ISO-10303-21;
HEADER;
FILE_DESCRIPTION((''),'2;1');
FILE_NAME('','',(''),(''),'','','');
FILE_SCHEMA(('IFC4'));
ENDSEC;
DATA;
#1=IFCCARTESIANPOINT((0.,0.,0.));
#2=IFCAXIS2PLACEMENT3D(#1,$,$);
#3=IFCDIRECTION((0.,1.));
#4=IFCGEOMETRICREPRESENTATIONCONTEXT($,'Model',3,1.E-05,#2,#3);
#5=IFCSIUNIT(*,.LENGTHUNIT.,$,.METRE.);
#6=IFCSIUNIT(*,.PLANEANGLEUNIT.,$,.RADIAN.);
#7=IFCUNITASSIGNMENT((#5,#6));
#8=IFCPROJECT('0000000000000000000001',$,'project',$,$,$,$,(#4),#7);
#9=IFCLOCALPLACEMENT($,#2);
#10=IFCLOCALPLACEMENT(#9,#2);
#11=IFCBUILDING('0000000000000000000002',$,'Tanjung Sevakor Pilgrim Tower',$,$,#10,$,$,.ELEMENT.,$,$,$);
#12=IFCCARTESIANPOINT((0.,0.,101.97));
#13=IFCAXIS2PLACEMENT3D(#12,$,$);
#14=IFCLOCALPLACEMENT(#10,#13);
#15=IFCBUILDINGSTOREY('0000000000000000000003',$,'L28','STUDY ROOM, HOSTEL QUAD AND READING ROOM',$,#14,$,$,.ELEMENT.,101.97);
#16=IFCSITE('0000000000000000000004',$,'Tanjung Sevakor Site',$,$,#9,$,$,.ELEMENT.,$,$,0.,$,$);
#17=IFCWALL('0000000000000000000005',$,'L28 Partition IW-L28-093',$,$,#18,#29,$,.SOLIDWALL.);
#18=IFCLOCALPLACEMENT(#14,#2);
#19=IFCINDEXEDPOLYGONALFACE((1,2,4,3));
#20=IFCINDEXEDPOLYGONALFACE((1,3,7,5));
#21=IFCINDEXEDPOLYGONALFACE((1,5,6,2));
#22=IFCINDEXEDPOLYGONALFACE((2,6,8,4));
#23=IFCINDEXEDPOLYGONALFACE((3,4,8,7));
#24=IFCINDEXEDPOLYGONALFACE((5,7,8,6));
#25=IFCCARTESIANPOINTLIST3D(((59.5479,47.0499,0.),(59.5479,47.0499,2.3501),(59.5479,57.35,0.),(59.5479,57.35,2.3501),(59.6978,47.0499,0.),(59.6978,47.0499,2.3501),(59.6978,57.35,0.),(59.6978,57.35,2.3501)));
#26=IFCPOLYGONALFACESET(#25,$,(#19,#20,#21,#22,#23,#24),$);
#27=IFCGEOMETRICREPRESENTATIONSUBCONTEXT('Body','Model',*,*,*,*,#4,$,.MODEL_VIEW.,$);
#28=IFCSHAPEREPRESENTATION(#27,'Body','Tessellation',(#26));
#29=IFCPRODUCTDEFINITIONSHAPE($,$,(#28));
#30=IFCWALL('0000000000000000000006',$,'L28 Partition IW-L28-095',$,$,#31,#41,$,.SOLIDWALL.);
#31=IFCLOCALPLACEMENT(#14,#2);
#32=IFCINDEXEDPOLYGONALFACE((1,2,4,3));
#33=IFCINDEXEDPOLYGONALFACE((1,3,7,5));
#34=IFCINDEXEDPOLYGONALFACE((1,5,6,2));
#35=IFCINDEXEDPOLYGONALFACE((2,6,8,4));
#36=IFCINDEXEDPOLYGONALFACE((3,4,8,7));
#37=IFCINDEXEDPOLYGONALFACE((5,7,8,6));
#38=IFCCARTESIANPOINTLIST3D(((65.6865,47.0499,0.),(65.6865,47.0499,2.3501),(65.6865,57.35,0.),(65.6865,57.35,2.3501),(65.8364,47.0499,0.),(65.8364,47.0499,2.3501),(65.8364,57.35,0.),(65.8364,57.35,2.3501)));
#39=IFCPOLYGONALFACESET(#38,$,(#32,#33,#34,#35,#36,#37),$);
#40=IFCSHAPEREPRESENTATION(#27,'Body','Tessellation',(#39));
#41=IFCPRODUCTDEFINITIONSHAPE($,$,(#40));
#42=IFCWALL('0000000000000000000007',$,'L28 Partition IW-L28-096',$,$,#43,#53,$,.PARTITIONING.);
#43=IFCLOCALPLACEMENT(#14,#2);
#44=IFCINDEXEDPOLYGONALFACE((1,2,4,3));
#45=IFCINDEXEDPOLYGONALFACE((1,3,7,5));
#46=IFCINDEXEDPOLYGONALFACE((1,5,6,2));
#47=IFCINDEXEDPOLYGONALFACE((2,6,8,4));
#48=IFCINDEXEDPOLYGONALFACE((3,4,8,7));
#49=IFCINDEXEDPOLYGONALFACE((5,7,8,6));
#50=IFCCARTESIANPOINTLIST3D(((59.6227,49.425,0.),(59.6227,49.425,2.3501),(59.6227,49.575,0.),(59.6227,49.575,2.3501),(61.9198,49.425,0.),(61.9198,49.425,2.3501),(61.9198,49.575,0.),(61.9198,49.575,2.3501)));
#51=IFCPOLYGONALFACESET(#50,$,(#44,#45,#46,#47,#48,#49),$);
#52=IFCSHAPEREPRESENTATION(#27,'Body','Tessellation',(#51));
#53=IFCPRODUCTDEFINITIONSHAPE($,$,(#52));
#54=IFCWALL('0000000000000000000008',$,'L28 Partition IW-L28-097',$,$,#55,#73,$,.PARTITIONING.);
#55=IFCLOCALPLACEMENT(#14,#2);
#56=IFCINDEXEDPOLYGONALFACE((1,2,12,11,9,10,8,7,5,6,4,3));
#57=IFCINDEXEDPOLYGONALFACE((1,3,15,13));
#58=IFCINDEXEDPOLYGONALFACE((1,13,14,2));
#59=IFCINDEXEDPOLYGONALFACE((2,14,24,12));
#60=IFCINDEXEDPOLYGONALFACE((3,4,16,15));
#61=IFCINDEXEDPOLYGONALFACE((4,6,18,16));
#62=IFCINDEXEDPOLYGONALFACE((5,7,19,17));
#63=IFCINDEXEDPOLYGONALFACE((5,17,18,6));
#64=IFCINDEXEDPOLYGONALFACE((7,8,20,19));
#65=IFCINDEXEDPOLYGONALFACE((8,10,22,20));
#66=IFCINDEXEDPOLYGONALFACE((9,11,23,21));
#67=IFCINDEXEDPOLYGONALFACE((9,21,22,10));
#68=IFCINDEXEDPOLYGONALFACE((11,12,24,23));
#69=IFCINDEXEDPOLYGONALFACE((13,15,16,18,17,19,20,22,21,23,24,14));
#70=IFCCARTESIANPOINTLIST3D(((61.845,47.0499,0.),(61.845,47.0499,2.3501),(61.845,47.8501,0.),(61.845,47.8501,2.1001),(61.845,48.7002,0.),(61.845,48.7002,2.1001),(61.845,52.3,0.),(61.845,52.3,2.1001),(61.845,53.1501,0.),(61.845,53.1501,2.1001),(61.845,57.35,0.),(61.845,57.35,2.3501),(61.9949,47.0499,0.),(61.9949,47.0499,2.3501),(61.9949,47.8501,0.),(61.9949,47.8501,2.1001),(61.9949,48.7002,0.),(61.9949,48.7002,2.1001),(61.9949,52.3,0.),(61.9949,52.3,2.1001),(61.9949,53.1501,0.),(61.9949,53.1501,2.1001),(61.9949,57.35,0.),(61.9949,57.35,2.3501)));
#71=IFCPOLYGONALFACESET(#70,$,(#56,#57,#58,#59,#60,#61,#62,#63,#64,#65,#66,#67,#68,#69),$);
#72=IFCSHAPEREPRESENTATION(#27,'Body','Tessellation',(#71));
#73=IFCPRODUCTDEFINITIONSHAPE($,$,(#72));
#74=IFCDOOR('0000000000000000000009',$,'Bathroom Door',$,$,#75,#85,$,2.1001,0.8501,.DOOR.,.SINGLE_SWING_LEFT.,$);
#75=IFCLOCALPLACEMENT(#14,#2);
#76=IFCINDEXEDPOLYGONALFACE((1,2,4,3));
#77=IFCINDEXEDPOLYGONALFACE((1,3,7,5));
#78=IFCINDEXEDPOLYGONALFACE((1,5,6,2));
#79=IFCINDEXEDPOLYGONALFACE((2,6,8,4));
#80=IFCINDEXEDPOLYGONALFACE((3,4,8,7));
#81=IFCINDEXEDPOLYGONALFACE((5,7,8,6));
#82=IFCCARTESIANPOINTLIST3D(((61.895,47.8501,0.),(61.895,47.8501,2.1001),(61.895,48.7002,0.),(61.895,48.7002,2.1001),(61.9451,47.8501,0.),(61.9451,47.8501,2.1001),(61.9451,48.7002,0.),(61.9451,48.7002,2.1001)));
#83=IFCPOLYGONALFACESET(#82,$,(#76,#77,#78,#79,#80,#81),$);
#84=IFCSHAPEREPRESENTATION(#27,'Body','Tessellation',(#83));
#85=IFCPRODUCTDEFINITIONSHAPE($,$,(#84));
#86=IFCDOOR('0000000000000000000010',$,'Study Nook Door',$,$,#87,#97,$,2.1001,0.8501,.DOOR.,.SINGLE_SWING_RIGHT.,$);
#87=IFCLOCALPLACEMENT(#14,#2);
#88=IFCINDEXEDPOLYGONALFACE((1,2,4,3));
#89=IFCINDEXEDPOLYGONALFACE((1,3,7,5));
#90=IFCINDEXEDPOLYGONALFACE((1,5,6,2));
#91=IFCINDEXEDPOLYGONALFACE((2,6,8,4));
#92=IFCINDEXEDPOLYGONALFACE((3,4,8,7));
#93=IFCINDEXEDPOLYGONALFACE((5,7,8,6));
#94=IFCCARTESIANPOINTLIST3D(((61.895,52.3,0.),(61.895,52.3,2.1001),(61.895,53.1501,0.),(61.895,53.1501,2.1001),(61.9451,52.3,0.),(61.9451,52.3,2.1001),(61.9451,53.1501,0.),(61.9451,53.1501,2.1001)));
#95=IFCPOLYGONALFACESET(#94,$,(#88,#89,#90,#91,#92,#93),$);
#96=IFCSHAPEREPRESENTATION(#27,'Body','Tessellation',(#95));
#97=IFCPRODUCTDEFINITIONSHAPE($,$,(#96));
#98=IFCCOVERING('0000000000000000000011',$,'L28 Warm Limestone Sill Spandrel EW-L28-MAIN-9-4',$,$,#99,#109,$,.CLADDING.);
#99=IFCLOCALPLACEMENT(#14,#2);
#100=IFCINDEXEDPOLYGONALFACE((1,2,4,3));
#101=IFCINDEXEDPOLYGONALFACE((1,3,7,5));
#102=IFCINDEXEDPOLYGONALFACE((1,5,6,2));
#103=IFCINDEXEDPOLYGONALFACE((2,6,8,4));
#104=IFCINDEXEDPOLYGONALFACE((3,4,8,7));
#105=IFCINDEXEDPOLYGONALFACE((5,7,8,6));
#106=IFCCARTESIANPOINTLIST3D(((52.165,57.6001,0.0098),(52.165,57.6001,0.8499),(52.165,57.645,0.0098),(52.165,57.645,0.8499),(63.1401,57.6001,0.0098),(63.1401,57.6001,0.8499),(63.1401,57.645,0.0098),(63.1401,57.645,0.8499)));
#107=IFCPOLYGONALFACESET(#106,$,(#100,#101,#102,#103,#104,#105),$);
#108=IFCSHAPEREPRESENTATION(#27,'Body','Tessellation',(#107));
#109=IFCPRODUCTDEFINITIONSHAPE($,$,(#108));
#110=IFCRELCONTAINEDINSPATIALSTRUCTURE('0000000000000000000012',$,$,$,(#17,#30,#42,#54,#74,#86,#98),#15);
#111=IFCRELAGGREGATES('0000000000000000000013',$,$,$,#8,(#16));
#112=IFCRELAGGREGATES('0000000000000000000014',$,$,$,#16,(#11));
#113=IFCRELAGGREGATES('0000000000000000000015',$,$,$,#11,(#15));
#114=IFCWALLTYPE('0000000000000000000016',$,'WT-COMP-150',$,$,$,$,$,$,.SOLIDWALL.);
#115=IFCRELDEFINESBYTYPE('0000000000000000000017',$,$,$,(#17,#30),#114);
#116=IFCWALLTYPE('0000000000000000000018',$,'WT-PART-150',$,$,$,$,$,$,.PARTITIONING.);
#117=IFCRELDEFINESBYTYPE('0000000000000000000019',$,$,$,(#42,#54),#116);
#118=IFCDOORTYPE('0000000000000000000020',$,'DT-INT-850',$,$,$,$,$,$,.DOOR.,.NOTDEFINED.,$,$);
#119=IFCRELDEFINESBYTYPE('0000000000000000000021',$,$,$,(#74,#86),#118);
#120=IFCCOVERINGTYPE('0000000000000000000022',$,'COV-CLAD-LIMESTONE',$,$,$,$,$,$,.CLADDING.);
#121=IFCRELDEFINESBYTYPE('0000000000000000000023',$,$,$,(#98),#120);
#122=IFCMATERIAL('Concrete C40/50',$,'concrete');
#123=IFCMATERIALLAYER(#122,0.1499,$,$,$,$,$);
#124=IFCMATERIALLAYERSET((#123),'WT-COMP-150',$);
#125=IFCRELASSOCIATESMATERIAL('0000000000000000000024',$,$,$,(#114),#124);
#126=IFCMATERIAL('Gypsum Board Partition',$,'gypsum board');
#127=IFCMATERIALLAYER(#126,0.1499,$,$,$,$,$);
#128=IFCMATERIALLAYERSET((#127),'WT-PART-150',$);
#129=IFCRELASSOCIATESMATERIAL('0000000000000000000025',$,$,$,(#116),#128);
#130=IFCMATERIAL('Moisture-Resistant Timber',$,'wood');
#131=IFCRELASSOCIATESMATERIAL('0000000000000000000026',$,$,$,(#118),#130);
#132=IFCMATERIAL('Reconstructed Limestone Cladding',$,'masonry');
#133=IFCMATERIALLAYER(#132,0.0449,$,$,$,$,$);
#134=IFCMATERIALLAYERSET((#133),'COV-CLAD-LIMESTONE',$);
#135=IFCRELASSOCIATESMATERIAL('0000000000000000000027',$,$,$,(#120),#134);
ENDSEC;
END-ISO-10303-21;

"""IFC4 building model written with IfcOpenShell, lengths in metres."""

from ifc_helpers import new_model, si_unit, direction, frame, frame_2d, origin, origin_2d, place, context, subcontext, project, spatial, rectangle, extrude, material, layer, layer_set, type_object, element, fill, save


model = new_model("IFC4")

# Units and contexts
model_context = context("Model", 3, precision=1e-05, world=origin(), true_north=direction((0.0, 1.0)))
body_context = subcontext(model_context, "Body", "Model", "MODEL_VIEW")
ifc_project = project(units=[si_unit("LENGTHUNIT", "METRE"), si_unit("PLANEANGLEUNIT", "RADIAN")], contexts=[model_context])

# Site, building, storey
site_placement = place(None, origin())
site = spatial("IfcSite", under=ifc_project, at=site_placement, Name="Tanjung Sevakor Site", CompositionType="ELEMENT", RefElevation=0.0)
building_placement = place(site_placement, origin())
building = spatial("IfcBuilding", under=site, at=building_placement, Name="Tanjung Sevakor Pilgrim Tower", CompositionType="ELEMENT")
storey_placement = place(building_placement, frame((0.0, 0.0, 101.97)))
storey = spatial("IfcBuildingStorey", under=building, at=storey_placement, Name="L28", Description="STUDY ROOM, HOSTEL QUAD AND READING ROOM", CompositionType="ELEMENT", Elevation=101.97)

# Walls
ifc_material_1 = material(Name="Concrete C40/50", Category="concrete")
ifc_layer_1 = layer(ifc_material_1, 0.1499)
ifc_layer_set_1 = layer_set([ifc_layer_1], Name="WT-COMP-150")
wall_type_1 = type_object("IfcWallType", Name="WT-COMP-150", PredefinedType="SOLIDWALL", material=ifc_layer_set_1)
for number, where, z_axis, x_axis, name in (
    (1, (59.6228, 47.05, 0.0), (0.0, 0.0, 1.0), (0.0, 1.0, 0.0), "L28 Partition IW-L28-093"),
    (2, (65.7615, 47.05, 0.0), (0.0, 0.0, 1.0), (0.0, 1.0, 0.0), "L28 Partition IW-L28-095"),
):
    element("IfcWall", number, at=place(storey_placement, frame(where, z_axis=z_axis, x_axis=x_axis)), inside=storey, type_object=wall_type_1, Name=name, PredefinedType="SOLIDWALL", context=body_context, shape_type="SweptSolid", body=[
        extrude(rectangle(XDim=10.3, YDim=0.1499, at=frame_2d((5.1499, 0.0))), origin(), (0.0, 0.0, 1.0), 2.3501),
    ])

# Wall
ifc_material_2 = material(Name="Gypsum Board Partition", Category="gypsum board")
ifc_layer_2 = layer(ifc_material_2, 0.1499)
ifc_layer_set_2 = layer_set([ifc_layer_2], Name="WT-PART-150")
wall_type_2 = type_object("IfcWallType", Name="WT-PART-150", PredefinedType="PARTITIONING", material=ifc_layer_set_2)
wall_1_placement = place(storey_placement, frame((59.6228, 49.5, 0.0), z_axis=(0.0, 0.0, 1.0), x_axis=(1.0, 0.0, 0.0)))
element("IfcWall", 3, at=wall_1_placement, inside=storey, type_object=wall_type_2, Name="L28 Partition IW-L28-096", PredefinedType="PARTITIONING", context=body_context, shape_type="SweptSolid", body=[
    extrude(rectangle(XDim=2.2971, YDim=0.1499, at=frame_2d((1.1484, 0.0))), origin(), (0.0, 0.0, 1.0), 2.3501),
])

# Wall, openings, doors
wall_2_placement = place(storey_placement, frame((61.9199, 47.05, 0.0), z_axis=(0.0, 0.0, 1.0), x_axis=(0.0, 1.0, 0.0)))
wall_2 = element("IfcWall", 4, at=wall_2_placement, inside=storey, type_object=wall_type_2, Name="L28 Partition IW-L28-097", PredefinedType="PARTITIONING", context=body_context, shape_type="SweptSolid", body=[
    extrude(rectangle(XDim=10.3, YDim=0.1499, at=frame_2d((5.1499, 0.0))), origin(), (0.0, 0.0, 1.0), 2.3501),
])
opening_1_placement = place(wall_2_placement, frame((0.8, 0.0, 0.0)))
opening_1 = element("IfcOpeningElement", 5, at=opening_1_placement, cuts=wall_2, PredefinedType="OPENING", context=body_context, shape_type="SweptSolid", body=[
    extrude(rectangle(XDim=0.8501, YDim=2.1001, at=frame_2d((0.425, 1.05))), frame((0.0, 0.085, 0.0), z_axis=(0.0, -1.0, 0.0), x_axis=(1.0, 0.0, 0.0)), (0.0, 0.0, 1.0), 0.1699),
])
opening_2_placement = place(wall_2_placement, frame((5.25, 0.0, 0.0)))
opening_2 = element("IfcOpeningElement", 6, at=opening_2_placement, cuts=wall_2, PredefinedType="OPENING", context=body_context, shape_type="SweptSolid", body=[
    extrude(rectangle(XDim=0.8501, YDim=2.1001, at=frame_2d((0.425, 1.05))), frame((0.0, 0.085, 0.0), z_axis=(0.0, -1.0, 0.0), x_axis=(1.0, 0.0, 0.0)), (0.0, 0.0, 1.0), 0.1699),
])
ifc_material_3 = material(Name="Moisture-Resistant Timber", Category="wood")
door_type_1 = type_object("IfcDoorType", Name="DT-INT-850", OperationType="NOTDEFINED", PredefinedType="DOOR", material=ifc_material_3)
door_1_placement = place(opening_1_placement, origin())
door_1 = element("IfcDoor", 7, at=door_1_placement, inside=storey, type_object=door_type_1, Name="Bathroom Door", OperationType="SINGLE_SWING_LEFT", OverallHeight=2.1001, OverallWidth=0.8501, PredefinedType="DOOR", context=body_context, shape_type="SweptSolid", body=[
    extrude(rectangle(XDim=0.8501, YDim=2.1001, at=frame_2d((0.425, 1.05))), frame((0.0, 0.0249, 0.0), z_axis=(0.0, -1.0, 0.0), x_axis=(1.0, 0.0, 0.0)), (0.0, 0.0, 1.0), 0.05),
])
fill(opening_1, door_1)
door_2_placement = place(opening_2_placement, origin())
door_2 = element("IfcDoor", 8, at=door_2_placement, inside=storey, type_object=door_type_1, Name="Study Nook Door", OperationType="SINGLE_SWING_RIGHT", OverallHeight=2.1001, OverallWidth=0.8501, PredefinedType="DOOR", context=body_context, shape_type="SweptSolid", body=[
    extrude(rectangle(XDim=0.8501, YDim=2.1001, at=frame_2d((0.425, 1.05))), frame((0.0, 0.0249, 0.0), z_axis=(0.0, -1.0, 0.0), x_axis=(1.0, 0.0, 0.0)), (0.0, 0.0, 1.0), 0.05),
])
fill(opening_2, door_2)

# Covering
ifc_material_4 = material(Name="Reconstructed Limestone Cladding", Category="masonry")
ifc_layer_3 = layer(ifc_material_4, 0.0449)
ifc_layer_set_3 = layer_set([ifc_layer_3], Name="COV-CLAD-LIMESTONE")
covering_type = type_object("IfcCoveringType", Name="COV-CLAD-LIMESTONE", PredefinedType="CLADDING", material=ifc_layer_set_3)
covering_placement = place(storey_placement, frame((57.6526, 57.6226, 0.0098), z_axis=(0.0, 0.0, 1.0), x_axis=(-1.0, 0.0, 0.0)))
element("IfcCovering", 9, at=covering_placement, inside=storey, type_object=covering_type, Name="L28 Warm Limestone Sill Spandrel EW-L28-MAIN-9-4", PredefinedType="CLADDING", context=body_context, shape_type="SweptSolid", body=[
    extrude(rectangle(XDim=10.9751, YDim=0.0449, at=origin_2d()), origin(), (0.0, 0.0, 1.0), 0.8401),
])

save(model, "model.ifc")
